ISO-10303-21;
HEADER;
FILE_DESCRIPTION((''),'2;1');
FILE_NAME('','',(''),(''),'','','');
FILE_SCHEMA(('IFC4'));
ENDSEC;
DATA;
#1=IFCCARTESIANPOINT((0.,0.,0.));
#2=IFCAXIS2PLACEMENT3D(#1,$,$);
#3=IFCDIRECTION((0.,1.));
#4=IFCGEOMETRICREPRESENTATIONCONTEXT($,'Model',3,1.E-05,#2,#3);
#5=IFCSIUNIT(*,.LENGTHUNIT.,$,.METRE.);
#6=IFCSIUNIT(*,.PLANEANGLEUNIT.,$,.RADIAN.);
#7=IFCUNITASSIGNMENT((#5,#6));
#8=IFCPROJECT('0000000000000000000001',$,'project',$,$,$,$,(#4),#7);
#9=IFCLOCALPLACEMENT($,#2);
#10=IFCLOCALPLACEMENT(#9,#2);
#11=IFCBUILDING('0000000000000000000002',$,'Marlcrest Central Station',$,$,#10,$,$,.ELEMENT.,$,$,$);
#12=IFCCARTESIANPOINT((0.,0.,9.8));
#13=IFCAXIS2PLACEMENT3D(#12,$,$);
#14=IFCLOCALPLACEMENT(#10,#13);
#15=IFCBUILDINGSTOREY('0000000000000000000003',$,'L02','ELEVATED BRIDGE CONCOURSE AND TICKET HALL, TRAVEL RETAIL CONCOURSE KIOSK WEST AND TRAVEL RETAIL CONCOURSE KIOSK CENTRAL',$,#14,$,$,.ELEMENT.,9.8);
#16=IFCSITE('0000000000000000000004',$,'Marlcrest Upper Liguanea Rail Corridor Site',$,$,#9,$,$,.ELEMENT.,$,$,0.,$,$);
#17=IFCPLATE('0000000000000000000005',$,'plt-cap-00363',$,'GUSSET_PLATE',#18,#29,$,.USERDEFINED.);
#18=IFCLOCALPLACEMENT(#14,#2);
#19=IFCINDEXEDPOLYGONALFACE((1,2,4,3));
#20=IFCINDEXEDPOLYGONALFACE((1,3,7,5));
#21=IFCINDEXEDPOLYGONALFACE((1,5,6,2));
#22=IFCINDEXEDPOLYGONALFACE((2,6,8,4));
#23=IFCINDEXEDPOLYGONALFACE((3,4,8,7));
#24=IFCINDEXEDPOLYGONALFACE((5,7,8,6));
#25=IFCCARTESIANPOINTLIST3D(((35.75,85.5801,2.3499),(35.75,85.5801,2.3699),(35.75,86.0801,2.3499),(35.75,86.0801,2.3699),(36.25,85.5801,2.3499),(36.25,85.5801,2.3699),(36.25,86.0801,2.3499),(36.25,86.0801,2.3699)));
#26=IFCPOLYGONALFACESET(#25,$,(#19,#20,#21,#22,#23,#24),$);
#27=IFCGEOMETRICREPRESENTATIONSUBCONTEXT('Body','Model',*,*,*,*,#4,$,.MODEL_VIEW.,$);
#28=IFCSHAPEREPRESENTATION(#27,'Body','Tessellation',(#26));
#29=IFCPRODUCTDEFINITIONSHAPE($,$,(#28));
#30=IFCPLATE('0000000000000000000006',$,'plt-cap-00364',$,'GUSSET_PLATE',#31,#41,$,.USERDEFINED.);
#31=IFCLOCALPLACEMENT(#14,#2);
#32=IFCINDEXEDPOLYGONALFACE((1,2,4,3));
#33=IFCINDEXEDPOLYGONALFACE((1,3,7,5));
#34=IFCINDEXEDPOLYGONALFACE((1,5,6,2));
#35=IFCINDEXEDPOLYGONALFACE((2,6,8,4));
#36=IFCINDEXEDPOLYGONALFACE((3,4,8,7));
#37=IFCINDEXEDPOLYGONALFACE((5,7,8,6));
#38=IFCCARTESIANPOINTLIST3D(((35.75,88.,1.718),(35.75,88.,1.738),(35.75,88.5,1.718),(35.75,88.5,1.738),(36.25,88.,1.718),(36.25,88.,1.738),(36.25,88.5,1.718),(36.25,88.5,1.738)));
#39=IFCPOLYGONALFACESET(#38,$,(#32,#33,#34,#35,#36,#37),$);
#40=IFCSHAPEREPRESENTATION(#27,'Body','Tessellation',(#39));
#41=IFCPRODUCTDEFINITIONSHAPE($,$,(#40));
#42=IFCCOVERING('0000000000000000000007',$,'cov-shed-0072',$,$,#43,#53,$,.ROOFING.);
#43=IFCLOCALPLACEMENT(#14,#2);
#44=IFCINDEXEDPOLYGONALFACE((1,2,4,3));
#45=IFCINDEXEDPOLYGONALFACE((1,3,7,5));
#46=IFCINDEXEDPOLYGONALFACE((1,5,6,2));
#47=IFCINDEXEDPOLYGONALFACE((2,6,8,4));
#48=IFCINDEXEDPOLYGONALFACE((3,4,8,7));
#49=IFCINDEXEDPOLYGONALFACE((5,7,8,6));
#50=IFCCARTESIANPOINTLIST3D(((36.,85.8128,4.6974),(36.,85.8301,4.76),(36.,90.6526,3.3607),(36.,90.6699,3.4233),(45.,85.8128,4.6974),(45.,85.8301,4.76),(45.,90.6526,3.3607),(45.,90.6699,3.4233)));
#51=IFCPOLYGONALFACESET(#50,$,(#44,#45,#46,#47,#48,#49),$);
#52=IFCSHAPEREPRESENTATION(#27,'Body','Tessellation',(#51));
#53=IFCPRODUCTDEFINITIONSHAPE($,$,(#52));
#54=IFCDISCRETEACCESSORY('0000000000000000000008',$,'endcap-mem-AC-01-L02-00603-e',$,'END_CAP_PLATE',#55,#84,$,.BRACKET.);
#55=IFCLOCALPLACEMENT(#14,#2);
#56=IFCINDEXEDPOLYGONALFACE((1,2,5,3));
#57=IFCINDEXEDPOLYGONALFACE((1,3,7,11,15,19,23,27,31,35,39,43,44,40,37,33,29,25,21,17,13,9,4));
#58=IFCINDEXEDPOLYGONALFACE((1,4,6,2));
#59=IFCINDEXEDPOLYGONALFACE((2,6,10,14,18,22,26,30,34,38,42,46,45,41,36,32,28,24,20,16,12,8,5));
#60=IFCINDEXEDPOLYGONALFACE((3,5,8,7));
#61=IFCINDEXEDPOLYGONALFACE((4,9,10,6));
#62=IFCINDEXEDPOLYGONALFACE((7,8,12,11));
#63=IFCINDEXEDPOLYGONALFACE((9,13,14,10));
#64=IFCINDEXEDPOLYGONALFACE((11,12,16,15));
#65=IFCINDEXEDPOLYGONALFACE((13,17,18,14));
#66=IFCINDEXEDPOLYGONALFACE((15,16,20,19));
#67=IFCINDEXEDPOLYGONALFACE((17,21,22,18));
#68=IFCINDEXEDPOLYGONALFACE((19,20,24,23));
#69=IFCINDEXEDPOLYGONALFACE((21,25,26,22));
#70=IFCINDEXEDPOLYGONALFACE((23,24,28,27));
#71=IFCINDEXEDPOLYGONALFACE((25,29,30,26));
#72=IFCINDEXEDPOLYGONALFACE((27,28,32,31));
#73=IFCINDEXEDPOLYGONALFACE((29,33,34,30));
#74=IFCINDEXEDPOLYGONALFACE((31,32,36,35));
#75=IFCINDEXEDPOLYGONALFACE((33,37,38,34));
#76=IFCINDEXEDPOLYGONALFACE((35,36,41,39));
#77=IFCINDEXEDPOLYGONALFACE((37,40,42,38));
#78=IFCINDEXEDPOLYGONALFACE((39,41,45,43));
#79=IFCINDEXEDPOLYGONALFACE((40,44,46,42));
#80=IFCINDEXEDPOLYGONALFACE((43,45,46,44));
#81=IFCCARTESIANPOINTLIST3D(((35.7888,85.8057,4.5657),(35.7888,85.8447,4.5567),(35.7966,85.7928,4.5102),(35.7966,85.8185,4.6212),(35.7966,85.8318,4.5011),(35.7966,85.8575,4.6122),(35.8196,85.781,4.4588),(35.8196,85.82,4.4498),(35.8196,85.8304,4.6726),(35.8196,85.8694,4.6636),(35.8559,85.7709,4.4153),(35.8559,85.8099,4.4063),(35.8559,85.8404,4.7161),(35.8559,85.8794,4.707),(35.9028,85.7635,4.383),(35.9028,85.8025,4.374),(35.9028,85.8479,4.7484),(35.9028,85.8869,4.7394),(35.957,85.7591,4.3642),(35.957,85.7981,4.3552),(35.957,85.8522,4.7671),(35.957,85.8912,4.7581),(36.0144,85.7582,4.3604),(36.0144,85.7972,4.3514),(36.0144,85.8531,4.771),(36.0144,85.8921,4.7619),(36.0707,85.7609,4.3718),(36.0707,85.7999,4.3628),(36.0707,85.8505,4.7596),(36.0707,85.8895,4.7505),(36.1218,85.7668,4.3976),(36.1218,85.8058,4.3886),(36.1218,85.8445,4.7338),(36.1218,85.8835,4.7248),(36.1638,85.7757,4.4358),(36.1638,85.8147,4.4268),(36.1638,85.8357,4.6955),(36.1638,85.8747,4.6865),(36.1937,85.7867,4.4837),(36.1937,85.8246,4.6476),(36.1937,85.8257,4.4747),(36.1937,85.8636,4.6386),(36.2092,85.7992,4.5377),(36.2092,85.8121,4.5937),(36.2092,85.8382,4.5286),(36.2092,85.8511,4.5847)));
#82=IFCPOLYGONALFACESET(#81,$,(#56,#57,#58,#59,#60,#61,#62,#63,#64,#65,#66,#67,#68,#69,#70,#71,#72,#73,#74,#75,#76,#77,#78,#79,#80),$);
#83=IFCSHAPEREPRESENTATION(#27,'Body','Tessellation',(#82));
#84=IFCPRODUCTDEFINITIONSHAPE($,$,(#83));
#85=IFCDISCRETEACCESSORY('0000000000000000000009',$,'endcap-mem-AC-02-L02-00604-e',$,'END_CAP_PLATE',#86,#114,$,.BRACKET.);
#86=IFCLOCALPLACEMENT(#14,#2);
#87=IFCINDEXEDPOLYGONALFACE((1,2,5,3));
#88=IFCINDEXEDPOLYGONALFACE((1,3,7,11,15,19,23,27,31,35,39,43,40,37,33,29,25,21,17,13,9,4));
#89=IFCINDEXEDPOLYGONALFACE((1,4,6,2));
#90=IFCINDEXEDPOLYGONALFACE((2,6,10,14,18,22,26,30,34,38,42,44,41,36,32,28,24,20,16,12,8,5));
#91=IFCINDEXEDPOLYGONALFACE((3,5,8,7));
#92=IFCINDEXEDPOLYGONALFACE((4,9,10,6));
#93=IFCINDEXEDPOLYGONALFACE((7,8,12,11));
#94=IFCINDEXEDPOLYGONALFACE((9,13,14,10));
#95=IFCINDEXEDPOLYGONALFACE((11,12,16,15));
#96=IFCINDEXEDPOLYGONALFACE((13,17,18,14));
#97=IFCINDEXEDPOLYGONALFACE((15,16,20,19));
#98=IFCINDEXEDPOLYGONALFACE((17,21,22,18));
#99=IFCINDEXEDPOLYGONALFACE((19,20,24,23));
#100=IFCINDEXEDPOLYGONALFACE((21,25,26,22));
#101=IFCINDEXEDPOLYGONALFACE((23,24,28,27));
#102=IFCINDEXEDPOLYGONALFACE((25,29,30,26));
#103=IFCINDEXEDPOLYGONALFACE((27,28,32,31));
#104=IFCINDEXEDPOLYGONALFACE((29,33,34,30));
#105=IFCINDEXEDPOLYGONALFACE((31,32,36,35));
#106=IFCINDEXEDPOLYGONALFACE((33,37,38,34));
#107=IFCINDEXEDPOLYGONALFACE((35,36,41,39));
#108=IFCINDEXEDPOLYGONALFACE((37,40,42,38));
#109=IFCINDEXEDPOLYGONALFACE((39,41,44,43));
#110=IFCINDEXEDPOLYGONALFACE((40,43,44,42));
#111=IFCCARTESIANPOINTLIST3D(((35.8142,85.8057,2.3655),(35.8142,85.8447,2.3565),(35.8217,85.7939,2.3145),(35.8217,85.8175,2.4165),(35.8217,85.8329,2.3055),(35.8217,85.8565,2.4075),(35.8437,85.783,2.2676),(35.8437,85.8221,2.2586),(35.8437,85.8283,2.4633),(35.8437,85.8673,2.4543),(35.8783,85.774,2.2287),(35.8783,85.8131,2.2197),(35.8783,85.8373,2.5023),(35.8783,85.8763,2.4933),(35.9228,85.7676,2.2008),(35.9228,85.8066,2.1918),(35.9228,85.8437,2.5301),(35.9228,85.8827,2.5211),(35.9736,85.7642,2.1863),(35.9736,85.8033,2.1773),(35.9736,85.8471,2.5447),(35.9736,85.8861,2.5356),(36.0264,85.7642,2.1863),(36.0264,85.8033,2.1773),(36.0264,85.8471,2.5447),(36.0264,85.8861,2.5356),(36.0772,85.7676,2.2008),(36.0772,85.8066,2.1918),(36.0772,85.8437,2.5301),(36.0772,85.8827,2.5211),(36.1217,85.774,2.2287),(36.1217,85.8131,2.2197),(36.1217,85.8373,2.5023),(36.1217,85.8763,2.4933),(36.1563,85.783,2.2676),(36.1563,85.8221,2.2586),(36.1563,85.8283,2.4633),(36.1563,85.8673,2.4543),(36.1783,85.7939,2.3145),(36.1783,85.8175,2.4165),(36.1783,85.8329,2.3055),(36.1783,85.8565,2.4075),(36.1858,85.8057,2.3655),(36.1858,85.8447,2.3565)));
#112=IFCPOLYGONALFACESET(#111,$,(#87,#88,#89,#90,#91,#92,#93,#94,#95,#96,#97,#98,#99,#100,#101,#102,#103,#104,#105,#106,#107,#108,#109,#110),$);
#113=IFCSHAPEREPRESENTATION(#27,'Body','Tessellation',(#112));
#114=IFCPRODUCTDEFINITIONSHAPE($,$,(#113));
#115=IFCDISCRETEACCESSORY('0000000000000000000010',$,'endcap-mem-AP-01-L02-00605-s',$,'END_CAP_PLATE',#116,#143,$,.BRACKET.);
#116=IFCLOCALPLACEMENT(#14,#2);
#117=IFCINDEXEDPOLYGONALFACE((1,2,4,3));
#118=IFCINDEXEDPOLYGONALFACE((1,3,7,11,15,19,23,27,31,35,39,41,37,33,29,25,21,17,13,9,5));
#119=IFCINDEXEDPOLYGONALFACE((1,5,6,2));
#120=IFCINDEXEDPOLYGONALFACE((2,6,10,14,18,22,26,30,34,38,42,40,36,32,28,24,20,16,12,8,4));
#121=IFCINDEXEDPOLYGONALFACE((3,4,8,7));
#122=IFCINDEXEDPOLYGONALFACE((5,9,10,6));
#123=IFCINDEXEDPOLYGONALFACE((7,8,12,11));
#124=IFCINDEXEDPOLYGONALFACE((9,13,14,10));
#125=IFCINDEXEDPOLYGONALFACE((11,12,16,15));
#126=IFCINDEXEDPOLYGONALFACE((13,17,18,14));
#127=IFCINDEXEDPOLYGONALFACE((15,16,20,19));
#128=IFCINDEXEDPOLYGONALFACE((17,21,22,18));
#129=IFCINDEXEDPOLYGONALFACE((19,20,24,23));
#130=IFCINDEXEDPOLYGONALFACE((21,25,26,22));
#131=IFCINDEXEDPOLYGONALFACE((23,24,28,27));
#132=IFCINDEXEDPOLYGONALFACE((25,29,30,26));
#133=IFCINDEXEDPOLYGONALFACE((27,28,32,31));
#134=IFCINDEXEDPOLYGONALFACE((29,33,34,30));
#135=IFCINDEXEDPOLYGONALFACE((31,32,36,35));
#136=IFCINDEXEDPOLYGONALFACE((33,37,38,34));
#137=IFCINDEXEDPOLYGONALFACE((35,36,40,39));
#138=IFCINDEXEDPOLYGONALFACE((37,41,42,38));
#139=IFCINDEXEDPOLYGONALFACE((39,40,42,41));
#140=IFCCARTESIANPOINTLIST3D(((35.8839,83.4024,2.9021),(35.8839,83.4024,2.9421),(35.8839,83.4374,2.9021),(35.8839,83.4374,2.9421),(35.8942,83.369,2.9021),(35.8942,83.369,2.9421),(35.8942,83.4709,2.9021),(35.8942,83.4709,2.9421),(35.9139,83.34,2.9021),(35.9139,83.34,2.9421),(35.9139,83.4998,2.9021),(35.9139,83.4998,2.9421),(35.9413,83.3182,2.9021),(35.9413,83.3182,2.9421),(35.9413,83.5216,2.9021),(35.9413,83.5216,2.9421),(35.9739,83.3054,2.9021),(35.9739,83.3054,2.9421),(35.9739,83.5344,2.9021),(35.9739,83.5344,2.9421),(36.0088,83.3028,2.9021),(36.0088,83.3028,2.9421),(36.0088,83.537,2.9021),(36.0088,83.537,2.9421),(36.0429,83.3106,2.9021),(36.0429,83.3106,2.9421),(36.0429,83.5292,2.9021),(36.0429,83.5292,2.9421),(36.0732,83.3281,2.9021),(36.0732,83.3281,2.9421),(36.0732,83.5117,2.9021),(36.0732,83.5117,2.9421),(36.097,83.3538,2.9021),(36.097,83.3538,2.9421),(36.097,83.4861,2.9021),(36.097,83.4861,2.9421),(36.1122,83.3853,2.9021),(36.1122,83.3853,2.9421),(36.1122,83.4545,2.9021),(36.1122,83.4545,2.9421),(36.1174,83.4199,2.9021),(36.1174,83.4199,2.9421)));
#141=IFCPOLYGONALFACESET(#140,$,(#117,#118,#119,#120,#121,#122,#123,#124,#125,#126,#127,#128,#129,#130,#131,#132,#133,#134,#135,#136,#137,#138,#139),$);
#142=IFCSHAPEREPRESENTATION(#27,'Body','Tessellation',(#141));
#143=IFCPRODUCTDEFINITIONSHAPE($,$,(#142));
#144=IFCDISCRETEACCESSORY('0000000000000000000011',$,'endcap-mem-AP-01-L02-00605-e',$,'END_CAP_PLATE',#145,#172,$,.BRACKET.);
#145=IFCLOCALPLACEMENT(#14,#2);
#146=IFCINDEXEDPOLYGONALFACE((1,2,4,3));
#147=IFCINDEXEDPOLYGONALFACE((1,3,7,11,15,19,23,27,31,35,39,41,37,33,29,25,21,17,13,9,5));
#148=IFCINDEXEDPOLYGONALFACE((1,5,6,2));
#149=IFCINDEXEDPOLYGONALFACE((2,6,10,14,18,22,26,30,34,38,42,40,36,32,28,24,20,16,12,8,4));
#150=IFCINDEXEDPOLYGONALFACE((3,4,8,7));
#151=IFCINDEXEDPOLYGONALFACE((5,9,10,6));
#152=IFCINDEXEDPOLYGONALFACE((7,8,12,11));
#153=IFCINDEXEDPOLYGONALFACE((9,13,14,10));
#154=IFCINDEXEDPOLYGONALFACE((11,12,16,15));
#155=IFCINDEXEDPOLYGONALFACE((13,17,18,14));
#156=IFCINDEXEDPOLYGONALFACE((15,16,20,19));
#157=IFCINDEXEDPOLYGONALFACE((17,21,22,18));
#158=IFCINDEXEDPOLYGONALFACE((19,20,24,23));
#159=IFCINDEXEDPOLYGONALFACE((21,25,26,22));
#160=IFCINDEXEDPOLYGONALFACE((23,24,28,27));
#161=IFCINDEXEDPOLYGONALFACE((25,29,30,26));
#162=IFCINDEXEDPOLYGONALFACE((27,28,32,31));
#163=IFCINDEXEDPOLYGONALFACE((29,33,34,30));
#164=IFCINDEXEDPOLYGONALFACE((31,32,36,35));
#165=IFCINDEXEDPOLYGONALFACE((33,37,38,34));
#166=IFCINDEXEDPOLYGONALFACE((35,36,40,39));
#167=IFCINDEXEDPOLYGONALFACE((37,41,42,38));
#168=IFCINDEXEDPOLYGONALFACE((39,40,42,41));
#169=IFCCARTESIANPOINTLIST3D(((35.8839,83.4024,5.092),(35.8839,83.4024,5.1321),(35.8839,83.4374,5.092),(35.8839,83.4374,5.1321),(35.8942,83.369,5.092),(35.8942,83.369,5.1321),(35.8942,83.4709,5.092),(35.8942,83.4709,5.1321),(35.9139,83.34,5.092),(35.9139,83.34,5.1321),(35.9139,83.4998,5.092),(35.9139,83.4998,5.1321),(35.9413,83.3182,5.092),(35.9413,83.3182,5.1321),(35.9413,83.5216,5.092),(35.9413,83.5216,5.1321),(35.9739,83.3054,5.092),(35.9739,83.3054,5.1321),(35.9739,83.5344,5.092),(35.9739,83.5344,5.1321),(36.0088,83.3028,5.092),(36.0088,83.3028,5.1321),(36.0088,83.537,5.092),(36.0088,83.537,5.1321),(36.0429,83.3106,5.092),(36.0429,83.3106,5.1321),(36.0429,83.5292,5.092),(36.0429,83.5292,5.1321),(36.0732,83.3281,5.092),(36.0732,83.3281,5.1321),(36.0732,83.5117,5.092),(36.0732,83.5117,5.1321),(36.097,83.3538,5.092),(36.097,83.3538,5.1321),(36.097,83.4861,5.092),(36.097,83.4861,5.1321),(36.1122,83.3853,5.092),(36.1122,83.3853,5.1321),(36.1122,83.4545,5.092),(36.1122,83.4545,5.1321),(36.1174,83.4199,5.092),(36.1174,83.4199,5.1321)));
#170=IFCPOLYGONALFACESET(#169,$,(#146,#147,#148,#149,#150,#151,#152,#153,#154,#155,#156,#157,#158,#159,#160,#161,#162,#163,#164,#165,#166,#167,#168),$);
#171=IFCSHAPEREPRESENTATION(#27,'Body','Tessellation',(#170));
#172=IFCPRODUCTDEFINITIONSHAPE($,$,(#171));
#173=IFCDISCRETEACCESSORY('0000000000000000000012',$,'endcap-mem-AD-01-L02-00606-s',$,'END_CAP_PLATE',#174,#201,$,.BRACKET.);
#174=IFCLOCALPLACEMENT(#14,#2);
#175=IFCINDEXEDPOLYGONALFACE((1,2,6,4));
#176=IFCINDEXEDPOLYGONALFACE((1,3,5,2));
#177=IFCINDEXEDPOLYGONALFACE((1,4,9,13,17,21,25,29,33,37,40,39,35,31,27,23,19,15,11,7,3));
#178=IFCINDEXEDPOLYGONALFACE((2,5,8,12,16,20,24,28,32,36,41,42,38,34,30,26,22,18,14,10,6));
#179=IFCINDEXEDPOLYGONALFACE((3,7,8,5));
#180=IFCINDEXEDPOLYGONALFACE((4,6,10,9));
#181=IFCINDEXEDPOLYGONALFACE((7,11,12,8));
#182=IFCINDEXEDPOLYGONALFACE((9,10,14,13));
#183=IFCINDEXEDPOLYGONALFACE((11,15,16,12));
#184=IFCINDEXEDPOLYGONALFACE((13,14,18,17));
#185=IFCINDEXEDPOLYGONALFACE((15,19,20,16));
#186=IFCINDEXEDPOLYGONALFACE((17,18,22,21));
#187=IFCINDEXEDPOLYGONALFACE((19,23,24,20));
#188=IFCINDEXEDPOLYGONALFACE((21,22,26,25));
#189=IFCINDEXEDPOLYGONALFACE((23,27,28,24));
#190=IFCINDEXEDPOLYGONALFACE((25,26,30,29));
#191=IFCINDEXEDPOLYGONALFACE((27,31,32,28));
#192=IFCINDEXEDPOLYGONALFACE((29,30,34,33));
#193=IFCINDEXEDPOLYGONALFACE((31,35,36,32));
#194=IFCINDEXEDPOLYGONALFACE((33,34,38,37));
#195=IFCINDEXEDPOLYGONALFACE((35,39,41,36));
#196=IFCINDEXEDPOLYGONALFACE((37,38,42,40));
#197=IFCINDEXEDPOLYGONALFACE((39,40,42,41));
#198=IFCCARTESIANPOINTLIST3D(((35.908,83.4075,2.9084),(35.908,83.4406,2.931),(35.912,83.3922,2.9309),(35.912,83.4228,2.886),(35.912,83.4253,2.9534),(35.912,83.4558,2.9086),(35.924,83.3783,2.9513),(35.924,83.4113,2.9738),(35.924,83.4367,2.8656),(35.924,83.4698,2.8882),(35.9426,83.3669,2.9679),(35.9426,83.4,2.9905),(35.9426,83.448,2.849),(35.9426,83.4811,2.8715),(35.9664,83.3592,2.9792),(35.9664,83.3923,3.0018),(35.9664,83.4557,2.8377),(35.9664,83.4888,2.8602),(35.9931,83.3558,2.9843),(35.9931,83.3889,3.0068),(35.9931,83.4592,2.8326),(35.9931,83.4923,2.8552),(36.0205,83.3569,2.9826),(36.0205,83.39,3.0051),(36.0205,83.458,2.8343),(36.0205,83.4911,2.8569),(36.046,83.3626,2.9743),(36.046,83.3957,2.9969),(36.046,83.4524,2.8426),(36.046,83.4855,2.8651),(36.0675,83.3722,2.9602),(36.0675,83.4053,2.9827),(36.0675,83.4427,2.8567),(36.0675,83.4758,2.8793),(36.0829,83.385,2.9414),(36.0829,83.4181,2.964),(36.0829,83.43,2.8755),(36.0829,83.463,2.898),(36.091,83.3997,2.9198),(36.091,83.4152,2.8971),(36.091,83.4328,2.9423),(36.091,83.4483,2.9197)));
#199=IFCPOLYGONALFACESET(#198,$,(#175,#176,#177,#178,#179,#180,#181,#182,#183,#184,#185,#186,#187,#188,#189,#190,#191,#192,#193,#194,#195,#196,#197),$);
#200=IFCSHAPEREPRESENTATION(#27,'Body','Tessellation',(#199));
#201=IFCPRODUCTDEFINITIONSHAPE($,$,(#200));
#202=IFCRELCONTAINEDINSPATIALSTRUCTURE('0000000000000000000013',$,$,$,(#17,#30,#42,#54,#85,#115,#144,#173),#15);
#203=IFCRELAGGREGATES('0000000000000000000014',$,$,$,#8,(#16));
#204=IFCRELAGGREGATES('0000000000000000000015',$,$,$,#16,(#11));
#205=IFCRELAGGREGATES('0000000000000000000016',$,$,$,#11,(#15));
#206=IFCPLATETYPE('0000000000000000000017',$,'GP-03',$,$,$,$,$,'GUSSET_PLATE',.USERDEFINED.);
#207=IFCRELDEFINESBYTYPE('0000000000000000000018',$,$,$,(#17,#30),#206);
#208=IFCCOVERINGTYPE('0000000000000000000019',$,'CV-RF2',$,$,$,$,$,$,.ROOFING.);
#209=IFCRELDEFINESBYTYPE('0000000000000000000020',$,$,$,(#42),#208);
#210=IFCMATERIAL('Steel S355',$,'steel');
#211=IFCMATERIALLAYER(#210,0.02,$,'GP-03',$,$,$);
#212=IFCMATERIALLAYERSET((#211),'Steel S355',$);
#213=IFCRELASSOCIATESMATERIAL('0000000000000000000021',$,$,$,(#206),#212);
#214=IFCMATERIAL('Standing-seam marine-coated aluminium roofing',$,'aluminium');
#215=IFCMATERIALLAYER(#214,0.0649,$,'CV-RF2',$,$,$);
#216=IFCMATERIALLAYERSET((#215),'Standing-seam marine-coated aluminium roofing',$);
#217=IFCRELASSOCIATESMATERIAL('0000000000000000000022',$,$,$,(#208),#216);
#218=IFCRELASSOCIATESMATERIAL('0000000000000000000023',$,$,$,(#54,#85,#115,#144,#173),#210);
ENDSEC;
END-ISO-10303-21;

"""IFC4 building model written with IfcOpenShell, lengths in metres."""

from ifc_helpers import new_model, si_unit, direction, frame, origin, origin_2d, place, context, subcontext, project, spatial, polyline, rectangle, circle, outline, extrude, material, layer, layer_set, type_object, element, save


model = new_model("IFC4")

# Units and contexts
model_context = context("Model", 3, precision=1e-05, world=origin(), true_north=direction((0.0, 1.0)))
body_context = subcontext(model_context, "Body", "Model", "MODEL_VIEW")
ifc_project = project(units=[si_unit("LENGTHUNIT", "METRE"), si_unit("PLANEANGLEUNIT", "RADIAN")], contexts=[model_context])

# Site, building, storey
site_placement = place(None, origin())
site = spatial("IfcSite", under=ifc_project, at=site_placement, Name="Marlcrest Upper Liguanea Rail Corridor Site", CompositionType="ELEMENT", RefElevation=0.0)
building_placement = place(site_placement, origin())
building = spatial("IfcBuilding", under=site, at=building_placement, Name="Marlcrest Central Station", CompositionType="ELEMENT")
storey_placement = place(building_placement, frame((0.0, 0.0, 9.8)))
storey = spatial("IfcBuildingStorey", under=building, at=storey_placement, Name="L02", Description="ELEVATED BRIDGE CONCOURSE AND TICKET HALL, TRAVEL RETAIL CONCOURSE KIOSK WEST AND TRAVEL RETAIL CONCOURSE KIOSK CENTRAL", CompositionType="ELEMENT", Elevation=9.8)

# Shared definitions
ifc_material_1 = material(Name="Steel S355", Category="steel")

# Plates
ifc_layer_1 = layer(ifc_material_1, 0.02, Name="GP-03")
ifc_layer_set_1 = layer_set([ifc_layer_1], Name="Steel S355")
plate_type = type_object("IfcPlateType", Name="GP-03", ElementType="GUSSET_PLATE", PredefinedType="USERDEFINED", material=ifc_layer_set_1)
for number, where, z_axis, x_axis, name in (
    (1, (36.0, 85.8301, 2.3499), (0.0, 0.0, 1.0), (1.0, 0.0, 0.0), "plt-cap-00363"),
    (2, (36.0, 88.25, 1.718), (0.0, 0.0, 1.0), (1.0, 0.0, 0.0), "plt-cap-00364"),
):
    element("IfcPlate", number, at=place(storey_placement, frame(where, z_axis=z_axis, x_axis=x_axis)), inside=storey, type_object=plate_type, Name=name, ObjectType="GUSSET_PLATE", PredefinedType="USERDEFINED", context=body_context, shape_type="SweptSolid", body=[
        extrude(rectangle(XDim=0.5, YDim=0.5, at=origin_2d()), origin(), (0.0, 0.0, 1.0), 0.02),
    ])

# Covering
ifc_material_2 = material(Name="Standing-seam marine-coated aluminium roofing", Category="aluminium")
ifc_layer_2 = layer(ifc_material_2, 0.0649, Name="CV-RF2")
ifc_layer_set_2 = layer_set([ifc_layer_2], Name="Standing-seam marine-coated aluminium roofing")
covering_type = type_object("IfcCoveringType", Name="CV-RF2", PredefinedType="ROOFING", material=ifc_layer_set_2)
covering_placement = place(storey_placement, frame((36.0, 85.8301, 4.76), z_axis=(0.0, 0.266214, 0.963914), x_axis=(1.0, 0.0, 0.0)))
element("IfcCovering", 3, at=covering_placement, inside=storey, type_object=covering_type, Name="cov-shed-0072", PredefinedType="ROOFING", context=body_context, shape_type="SweptSolid", body=[
    extrude(outline(polyline([(0.0, 0.0), (9.0, 0.0), (9.0, 5.021), (0.0, 5.021), (0.0, 0.0)])), origin(), (0.0, 0.0, -1.0), 0.0649),
])

# Discrete accessories
discrete_accessory_1_placement = place(storey_placement, frame((36.0, 85.8057, 4.5657), z_axis=(0.0, 0.97433, -0.225126), x_axis=(-1.0, 0.0, 0.0)))
element("IfcDiscreteAccessory", 4, at=discrete_accessory_1_placement, inside=storey, material=ifc_material_1, Name="endcap-mem-AC-01-L02-00603-e", ObjectType="END_CAP_PLATE", PredefinedType="BRACKET", context=body_context, shape_type="SweptSolid", body=[
    extrude(circle(Radius=0.2112, at=origin_2d()), origin(), (0.0, 0.0, 1.0), 0.04),
])
discrete_accessory_2_placement = place(storey_placement, frame((36.0, 85.8057, 2.3655), z_axis=(0.0, 0.974308, -0.22522), x_axis=(-1.0, 0.0, 0.0)))
element("IfcDiscreteAccessory", 5, at=discrete_accessory_2_placement, inside=storey, material=ifc_material_1, Name="endcap-mem-AC-02-L02-00604-e", ObjectType="END_CAP_PLATE", PredefinedType="BRACKET", context=body_context, shape_type="SweptSolid", body=[
    extrude(circle(Radius=0.1858, at=origin_2d()), origin(), (0.0, 0.0, 1.0), 0.04),
])
for number, where, z_axis, x_axis, name in (
    (6, (36.0, 83.4199, 2.9021), (0.0, 0.0, 1.0), (1.0, 0.0, 0.0), "endcap-mem-AP-01-L02-00605-s"),
    (7, (36.0, 83.4199, 5.092), (0.0, 0.0, 1.0), (1.0, 0.0, 0.0), "endcap-mem-AP-01-L02-00605-e"),
):
    element("IfcDiscreteAccessory", number, at=place(storey_placement, frame(where, z_axis=z_axis, x_axis=x_axis)), inside=storey, material=ifc_material_1, Name=name, ObjectType="END_CAP_PLATE", PredefinedType="BRACKET", context=body_context, shape_type="SweptSolid", body=[
        extrude(circle(Radius=0.1174, at=origin_2d()), origin(), (0.0, 0.0, 1.0), 0.04),
    ])
for number, where, z_axis, x_axis, name in (
    (8, (36.0, 83.4075, 2.9084), (0.0, 0.826263, 0.563285), (-1.0, 0.0, 0.0), "endcap-mem-AD-01-L02-00606-s"),
):
    element("IfcDiscreteAccessory", number, at=place(storey_placement, frame(where, z_axis=z_axis, x_axis=x_axis)), inside=storey, material=ifc_material_1, Name=name, ObjectType="END_CAP_PLATE", PredefinedType="BRACKET", context=body_context, shape_type="SweptSolid", body=[
        extrude(circle(Radius=0.092, at=origin_2d()), origin(), (0.0, 0.0, 1.0), 0.04),
    ])

save(model, "model.ifc")
